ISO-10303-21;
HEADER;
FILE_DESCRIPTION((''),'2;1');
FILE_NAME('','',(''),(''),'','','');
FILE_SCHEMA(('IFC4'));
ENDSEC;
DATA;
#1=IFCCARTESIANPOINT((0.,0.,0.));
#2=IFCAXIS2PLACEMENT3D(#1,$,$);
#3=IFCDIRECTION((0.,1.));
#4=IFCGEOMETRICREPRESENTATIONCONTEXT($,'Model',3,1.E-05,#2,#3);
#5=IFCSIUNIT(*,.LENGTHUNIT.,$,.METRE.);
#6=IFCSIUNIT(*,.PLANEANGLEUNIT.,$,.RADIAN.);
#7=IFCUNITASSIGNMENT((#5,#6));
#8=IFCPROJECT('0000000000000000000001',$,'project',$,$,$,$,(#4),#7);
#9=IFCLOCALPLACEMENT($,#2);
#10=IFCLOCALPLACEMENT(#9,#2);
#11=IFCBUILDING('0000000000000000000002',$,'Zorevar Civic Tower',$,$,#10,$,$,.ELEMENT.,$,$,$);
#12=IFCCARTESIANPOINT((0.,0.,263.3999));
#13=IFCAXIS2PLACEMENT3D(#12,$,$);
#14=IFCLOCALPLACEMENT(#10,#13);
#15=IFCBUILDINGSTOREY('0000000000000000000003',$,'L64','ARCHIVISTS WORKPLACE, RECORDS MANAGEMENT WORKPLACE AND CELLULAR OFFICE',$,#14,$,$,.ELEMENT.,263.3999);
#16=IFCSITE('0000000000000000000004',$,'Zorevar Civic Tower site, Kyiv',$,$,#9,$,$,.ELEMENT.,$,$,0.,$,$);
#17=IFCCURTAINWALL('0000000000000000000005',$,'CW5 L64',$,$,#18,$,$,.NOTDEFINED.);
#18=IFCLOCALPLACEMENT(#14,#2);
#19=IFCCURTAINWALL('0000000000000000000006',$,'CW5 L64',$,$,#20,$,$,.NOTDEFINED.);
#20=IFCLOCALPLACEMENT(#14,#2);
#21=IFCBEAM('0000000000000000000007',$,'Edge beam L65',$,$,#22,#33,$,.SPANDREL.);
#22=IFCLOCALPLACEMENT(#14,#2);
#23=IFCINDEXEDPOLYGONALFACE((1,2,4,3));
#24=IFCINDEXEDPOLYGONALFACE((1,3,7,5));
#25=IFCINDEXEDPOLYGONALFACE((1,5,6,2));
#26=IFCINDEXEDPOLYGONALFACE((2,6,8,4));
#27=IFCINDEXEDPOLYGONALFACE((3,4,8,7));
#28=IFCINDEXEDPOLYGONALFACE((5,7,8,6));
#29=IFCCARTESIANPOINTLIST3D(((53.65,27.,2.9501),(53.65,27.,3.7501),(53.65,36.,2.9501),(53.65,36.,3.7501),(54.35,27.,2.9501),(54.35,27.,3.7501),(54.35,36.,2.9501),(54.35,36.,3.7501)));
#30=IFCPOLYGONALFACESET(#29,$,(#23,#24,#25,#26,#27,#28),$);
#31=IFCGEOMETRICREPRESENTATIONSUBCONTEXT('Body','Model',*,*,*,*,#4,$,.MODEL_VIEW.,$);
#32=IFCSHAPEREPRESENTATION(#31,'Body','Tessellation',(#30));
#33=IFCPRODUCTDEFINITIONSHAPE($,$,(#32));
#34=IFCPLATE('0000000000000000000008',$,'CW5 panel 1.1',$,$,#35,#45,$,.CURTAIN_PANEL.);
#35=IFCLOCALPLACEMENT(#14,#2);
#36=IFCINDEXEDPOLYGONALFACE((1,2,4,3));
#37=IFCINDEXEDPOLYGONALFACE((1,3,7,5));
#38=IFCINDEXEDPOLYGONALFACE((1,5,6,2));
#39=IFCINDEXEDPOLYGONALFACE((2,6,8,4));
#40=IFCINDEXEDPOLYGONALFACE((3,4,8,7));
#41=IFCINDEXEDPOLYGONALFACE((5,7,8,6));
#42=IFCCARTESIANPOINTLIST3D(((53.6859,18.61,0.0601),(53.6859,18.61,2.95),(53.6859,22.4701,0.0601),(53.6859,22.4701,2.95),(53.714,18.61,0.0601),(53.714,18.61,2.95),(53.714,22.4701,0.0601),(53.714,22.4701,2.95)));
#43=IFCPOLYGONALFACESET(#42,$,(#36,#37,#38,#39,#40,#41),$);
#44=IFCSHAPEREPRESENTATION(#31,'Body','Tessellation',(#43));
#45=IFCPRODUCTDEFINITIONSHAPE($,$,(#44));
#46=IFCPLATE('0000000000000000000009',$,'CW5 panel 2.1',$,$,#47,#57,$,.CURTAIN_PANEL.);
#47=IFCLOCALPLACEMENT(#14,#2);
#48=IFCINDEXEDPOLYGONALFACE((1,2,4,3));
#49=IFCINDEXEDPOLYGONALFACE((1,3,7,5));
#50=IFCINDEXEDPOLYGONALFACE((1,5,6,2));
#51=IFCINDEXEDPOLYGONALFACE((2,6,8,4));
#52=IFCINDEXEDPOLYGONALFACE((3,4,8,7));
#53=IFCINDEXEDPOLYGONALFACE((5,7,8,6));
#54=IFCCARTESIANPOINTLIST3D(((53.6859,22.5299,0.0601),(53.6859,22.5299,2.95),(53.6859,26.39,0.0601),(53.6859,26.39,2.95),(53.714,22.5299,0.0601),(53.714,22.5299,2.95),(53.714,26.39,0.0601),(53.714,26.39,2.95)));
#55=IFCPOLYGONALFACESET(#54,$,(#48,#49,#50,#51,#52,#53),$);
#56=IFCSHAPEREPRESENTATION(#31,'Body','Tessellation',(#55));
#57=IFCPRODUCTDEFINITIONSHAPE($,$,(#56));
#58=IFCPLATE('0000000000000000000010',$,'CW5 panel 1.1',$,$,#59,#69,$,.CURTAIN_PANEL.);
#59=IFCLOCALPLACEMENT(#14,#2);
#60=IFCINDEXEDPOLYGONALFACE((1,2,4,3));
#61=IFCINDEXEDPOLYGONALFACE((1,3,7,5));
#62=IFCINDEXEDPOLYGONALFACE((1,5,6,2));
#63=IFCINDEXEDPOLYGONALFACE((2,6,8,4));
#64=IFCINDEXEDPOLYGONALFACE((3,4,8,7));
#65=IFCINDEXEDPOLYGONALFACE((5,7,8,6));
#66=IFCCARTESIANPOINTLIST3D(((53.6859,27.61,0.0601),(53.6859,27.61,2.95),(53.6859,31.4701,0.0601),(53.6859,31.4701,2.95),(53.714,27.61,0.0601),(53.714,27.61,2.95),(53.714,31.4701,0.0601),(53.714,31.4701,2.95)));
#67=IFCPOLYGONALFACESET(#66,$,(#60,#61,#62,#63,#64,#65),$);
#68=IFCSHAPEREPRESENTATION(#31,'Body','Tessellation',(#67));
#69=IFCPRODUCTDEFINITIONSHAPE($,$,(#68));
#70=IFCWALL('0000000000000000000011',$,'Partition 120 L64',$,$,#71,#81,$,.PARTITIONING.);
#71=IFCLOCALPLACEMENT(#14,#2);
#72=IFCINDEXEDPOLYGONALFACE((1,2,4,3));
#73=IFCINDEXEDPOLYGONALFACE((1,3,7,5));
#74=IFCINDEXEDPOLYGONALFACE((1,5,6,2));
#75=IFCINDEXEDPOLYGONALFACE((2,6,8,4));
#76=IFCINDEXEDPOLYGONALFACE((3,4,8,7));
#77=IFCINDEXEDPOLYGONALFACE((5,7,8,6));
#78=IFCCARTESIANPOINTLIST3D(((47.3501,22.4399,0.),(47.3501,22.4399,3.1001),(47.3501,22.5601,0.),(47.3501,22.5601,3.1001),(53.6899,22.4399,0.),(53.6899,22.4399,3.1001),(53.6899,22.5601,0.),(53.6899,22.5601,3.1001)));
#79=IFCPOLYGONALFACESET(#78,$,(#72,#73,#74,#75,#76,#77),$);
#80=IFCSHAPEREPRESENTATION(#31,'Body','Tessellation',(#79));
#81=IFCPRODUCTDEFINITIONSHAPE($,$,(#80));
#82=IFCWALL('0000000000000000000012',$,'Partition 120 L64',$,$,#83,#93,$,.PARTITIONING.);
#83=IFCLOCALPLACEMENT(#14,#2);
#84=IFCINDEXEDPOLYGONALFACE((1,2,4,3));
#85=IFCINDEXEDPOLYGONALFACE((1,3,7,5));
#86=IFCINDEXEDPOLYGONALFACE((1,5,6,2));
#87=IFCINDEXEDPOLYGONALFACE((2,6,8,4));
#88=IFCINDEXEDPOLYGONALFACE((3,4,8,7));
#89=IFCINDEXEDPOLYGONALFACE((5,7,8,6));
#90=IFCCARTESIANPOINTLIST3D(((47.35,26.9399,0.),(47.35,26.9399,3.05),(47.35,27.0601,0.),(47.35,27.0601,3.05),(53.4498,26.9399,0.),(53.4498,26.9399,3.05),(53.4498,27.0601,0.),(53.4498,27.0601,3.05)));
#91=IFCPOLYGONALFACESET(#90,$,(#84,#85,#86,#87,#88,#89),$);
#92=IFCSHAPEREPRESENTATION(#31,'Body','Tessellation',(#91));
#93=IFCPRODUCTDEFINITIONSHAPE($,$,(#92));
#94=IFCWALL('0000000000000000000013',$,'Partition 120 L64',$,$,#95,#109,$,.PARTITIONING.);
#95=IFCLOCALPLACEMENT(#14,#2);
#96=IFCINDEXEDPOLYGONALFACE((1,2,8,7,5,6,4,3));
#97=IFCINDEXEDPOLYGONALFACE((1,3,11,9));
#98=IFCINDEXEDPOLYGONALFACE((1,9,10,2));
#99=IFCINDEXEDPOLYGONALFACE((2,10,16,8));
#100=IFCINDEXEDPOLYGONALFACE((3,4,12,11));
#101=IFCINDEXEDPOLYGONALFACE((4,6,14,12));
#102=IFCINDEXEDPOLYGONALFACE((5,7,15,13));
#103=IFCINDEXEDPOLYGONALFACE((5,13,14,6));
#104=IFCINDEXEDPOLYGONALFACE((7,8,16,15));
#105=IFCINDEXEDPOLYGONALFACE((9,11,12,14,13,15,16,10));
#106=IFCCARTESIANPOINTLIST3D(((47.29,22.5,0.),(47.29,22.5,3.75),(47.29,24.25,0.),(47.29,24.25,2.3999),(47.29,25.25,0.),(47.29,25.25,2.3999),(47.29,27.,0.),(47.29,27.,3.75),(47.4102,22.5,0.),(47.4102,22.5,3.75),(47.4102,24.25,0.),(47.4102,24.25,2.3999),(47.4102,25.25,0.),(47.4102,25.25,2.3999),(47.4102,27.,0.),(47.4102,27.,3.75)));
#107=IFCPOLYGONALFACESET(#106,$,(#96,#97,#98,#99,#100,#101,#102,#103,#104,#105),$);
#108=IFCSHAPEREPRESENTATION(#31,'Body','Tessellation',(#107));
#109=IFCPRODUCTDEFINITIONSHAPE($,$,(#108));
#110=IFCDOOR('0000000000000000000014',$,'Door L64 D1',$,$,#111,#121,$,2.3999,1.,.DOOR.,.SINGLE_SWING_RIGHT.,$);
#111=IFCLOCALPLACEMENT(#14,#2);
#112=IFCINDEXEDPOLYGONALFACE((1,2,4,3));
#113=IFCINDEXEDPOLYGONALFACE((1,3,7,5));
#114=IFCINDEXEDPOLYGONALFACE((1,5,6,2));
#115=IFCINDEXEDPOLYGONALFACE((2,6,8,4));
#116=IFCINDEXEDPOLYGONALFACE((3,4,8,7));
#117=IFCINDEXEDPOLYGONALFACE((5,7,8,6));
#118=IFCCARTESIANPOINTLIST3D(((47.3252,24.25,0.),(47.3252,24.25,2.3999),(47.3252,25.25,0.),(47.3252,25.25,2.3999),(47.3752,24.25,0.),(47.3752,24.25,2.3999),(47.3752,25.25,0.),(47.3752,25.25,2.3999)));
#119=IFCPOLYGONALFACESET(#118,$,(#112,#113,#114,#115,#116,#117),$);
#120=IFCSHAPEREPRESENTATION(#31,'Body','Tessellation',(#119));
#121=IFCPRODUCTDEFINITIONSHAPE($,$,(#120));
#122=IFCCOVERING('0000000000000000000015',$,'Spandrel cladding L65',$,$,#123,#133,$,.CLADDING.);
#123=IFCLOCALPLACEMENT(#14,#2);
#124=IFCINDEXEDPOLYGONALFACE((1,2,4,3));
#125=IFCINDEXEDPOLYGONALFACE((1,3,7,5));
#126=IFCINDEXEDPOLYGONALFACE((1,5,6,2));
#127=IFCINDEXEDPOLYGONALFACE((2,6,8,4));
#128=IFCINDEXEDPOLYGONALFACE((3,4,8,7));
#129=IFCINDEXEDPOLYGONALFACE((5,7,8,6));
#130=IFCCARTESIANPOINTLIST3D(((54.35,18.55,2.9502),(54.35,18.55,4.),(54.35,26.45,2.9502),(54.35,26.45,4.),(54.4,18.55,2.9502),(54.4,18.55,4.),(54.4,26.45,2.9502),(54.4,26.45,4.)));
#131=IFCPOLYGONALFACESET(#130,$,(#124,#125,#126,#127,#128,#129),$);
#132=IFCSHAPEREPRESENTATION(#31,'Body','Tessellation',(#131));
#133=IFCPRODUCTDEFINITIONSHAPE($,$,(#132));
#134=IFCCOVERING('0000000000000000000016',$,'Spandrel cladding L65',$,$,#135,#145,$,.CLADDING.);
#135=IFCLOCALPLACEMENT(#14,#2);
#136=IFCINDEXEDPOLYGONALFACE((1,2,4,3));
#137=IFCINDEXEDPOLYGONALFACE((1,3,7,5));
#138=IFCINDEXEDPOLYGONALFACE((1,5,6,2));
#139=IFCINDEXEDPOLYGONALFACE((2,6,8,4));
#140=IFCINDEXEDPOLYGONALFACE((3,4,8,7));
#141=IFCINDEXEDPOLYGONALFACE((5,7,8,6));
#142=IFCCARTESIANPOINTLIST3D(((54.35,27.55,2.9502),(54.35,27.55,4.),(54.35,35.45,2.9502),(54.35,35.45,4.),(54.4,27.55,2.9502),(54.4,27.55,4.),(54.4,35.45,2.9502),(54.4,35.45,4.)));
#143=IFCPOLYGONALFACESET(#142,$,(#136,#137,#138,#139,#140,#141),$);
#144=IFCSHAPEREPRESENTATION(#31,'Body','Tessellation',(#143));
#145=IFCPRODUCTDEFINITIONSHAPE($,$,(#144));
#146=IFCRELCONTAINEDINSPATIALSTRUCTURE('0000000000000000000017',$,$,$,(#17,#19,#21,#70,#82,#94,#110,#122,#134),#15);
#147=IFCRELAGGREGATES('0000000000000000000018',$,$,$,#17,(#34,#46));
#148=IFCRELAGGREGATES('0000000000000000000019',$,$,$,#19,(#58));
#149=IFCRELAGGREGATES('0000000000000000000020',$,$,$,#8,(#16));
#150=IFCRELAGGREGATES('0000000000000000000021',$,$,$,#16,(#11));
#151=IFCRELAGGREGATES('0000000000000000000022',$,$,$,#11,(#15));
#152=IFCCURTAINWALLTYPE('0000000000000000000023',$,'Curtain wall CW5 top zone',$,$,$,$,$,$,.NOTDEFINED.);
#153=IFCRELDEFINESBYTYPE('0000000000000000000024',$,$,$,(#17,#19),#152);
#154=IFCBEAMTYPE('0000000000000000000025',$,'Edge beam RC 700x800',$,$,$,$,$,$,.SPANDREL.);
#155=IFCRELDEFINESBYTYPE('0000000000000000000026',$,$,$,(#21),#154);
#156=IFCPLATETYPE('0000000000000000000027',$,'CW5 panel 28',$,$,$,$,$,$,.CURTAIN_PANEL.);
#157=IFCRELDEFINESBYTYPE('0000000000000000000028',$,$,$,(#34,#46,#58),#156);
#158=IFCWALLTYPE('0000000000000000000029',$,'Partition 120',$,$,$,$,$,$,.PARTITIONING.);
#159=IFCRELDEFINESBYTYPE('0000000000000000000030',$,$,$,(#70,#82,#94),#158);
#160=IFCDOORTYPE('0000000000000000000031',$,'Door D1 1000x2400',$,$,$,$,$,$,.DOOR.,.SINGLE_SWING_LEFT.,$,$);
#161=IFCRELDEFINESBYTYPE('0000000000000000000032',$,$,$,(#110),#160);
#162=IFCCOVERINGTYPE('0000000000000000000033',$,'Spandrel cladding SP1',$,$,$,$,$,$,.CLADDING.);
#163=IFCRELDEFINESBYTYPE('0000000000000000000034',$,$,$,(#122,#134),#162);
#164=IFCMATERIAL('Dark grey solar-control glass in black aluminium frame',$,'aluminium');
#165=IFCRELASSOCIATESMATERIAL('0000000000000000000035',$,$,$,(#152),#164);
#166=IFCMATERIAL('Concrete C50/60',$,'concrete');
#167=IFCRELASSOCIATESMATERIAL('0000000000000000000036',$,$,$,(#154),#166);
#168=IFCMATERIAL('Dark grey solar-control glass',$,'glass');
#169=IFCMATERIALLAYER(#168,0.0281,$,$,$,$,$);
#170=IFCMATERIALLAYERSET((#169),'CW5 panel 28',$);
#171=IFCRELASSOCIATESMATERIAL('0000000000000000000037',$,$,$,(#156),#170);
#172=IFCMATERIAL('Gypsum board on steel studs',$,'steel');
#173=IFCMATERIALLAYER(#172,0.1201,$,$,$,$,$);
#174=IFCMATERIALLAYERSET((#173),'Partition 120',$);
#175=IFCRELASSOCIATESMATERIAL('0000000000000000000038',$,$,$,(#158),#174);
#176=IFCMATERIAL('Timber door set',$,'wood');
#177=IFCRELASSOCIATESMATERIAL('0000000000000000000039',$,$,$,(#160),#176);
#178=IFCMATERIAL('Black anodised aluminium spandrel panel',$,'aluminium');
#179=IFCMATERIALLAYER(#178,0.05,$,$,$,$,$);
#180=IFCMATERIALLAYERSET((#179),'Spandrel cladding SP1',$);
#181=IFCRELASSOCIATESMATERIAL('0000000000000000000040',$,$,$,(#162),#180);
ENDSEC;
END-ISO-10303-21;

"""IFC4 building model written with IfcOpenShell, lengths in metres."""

from ifc_helpers import new_model, si_unit, direction, frame, frame_2d, origin, origin_2d, place, context, subcontext, project, spatial, rectangle, extrude, material, layer, layer_set, material_profile, profile_set, type_object, element, fill, aggregate, save


model = new_model("IFC4")

# Units and contexts
model_context = context("Model", 3, precision=1e-05, world=origin(), true_north=direction((0.0, 1.0)))
body_context = subcontext(model_context, "Body", "Model", "MODEL_VIEW")
ifc_project = project(units=[si_unit("LENGTHUNIT", "METRE"), si_unit("PLANEANGLEUNIT", "RADIAN")], contexts=[model_context])

# Site, building, storey
site_placement = place(None, origin())
site = spatial("IfcSite", under=ifc_project, at=site_placement, Name="Zorevar Civic Tower site, Kyiv", CompositionType="ELEMENT", RefElevation=0.0)
building_placement = place(site_placement, origin())
building = spatial("IfcBuilding", under=site, at=building_placement, Name="Zorevar Civic Tower", CompositionType="ELEMENT")
storey_placement = place(building_placement, frame((0.0, 0.0, 263.3999)))
storey = spatial("IfcBuildingStorey", under=building, at=storey_placement, Name="L64", Description="ARCHIVISTS WORKPLACE, RECORDS MANAGEMENT WORKPLACE AND CELLULAR OFFICE", CompositionType="ELEMENT", Elevation=263.3999)

# Curtain walls
ifc_material_1 = material(Name="Dark grey solar-control glass in black aluminium frame", Category="aluminium")
curtain_wall_type = type_object("IfcCurtainWallType", Name="Curtain wall CW5 top zone", PredefinedType="NOTDEFINED", material=ifc_material_1)
curtain_wall_1_placement = place(storey_placement, origin())
curtain_wall_1 = element("IfcCurtainWall", 1, at=curtain_wall_1_placement, inside=storey, type_object=curtain_wall_type, Name="CW5 L64", PredefinedType="NOTDEFINED")
curtain_wall_2_placement = place(storey_placement, origin())
curtain_wall_2 = element("IfcCurtainWall", 2, at=curtain_wall_2_placement, inside=storey, type_object=curtain_wall_type, Name="CW5 L64", PredefinedType="NOTDEFINED")

# Beam
ifc_material_2 = material(Name="Concrete C50/60", Category="concrete")
ifc_material_profile_1 = material_profile(ifc_material_2, rectangle(XDim=0.7, YDim=0.8, at=origin_2d()), Name="RC 700x800")
ifc_profile_set_1 = profile_set([ifc_material_profile_1], Name="Concrete C50/60")
beam_type_1 = type_object("IfcBeamType", Name="Edge beam RC 700x800", PredefinedType="SPANDREL", material=ifc_profile_set_1)
beam_1_placement = place(storey_placement, frame((54.0, 27.0, 3.3501), z_axis=(0.0, 1.0, 0.0), x_axis=(-1.0, 0.0, 0.0)))
element("IfcBeam", 3, at=beam_1_placement, inside=storey, type_object=beam_type_1, Name="Edge beam L65", PredefinedType="SPANDREL", context=body_context, shape_type="SweptSolid", body=[
    extrude(rectangle(XDim=0.7, YDim=0.8, at=origin_2d()), origin(), (0.0, 0.0, 1.0), 9.0),
])

# Plates
ifc_material_3 = material(Name="Dark grey solar-control glass", Category="glass")
ifc_layer_1 = layer(ifc_material_3, 0.0281)
ifc_layer_set_1 = layer_set([ifc_layer_1], Name="CW5 panel 28")
plate_type = type_object("IfcPlateType", Name="CW5 panel 28", PredefinedType="CURTAIN_PANEL", material=ifc_layer_set_1)
plate_1_placement = place(storey_placement, frame((53.7, 20.54, 0.0601), z_axis=(0.0, 0.0, 1.0), x_axis=(0.0, 1.0, 0.0)))
plate_1 = element("IfcPlate", 4, at=plate_1_placement, type_object=plate_type, Name="CW5 panel 1.1", PredefinedType="CURTAIN_PANEL", context=body_context, shape_type="SweptSolid", body=[
    extrude(rectangle(XDim=3.8601, YDim=0.0281, at=origin_2d()), origin(), (0.0, 0.0, 1.0), 2.8899),
])
plate_2_placement = place(storey_placement, frame((53.7, 24.46, 0.0601), z_axis=(0.0, 0.0, 1.0), x_axis=(0.0, 1.0, 0.0)))
plate_2 = element("IfcPlate", 5, at=plate_2_placement, type_object=plate_type, Name="CW5 panel 2.1", PredefinedType="CURTAIN_PANEL", context=body_context, shape_type="SweptSolid", body=[
    extrude(rectangle(XDim=3.8601, YDim=0.0281, at=origin_2d()), origin(), (0.0, 0.0, 1.0), 2.8899),
])
aggregate(curtain_wall_1, [plate_1, plate_2])
plate_3_placement = place(storey_placement, frame((53.7, 29.54, 0.0601), z_axis=(0.0, 0.0, 1.0), x_axis=(0.0, 1.0, 0.0)))
plate_3 = element("IfcPlate", 6, at=plate_3_placement, type_object=plate_type, Name="CW5 panel 1.1", PredefinedType="CURTAIN_PANEL", context=body_context, shape_type="SweptSolid", body=[
    extrude(rectangle(XDim=3.8601, YDim=0.0281, at=origin_2d()), origin(), (0.0, 0.0, 1.0), 2.8899),
])
aggregate(curtain_wall_2, [plate_3])

# Walls
ifc_material_4 = material(Name="Gypsum board on steel studs", Category="steel")
ifc_layer_2 = layer(ifc_material_4, 0.1201)
ifc_layer_set_2 = layer_set([ifc_layer_2], Name="Partition 120")
wall_type = type_object("IfcWallType", Name="Partition 120", PredefinedType="PARTITIONING", material=ifc_layer_set_2)
wall_1_placement = place(storey_placement, frame((47.3501, 22.5, 0.0), z_axis=(0.0, 0.0, 1.0), x_axis=(1.0, 0.0, 0.0)))
element("IfcWall", 7, at=wall_1_placement, inside=storey, type_object=wall_type, Name="Partition 120 L64", PredefinedType="PARTITIONING", context=body_context, shape_type="SweptSolid", body=[
    extrude(rectangle(XDim=6.3398, YDim=0.1201, at=frame_2d((3.1699, 0.0))), origin(), (0.0, 0.0, 1.0), 3.1001),
])
wall_2_placement = place(storey_placement, frame((47.3501, 27.0, 0.0), z_axis=(0.0, 0.0, 1.0), x_axis=(1.0, 0.0, 0.0)))
element("IfcWall", 8, at=wall_2_placement, inside=storey, type_object=wall_type, Name="Partition 120 L64", PredefinedType="PARTITIONING", context=body_context, shape_type="SweptSolid", body=[
    extrude(rectangle(XDim=6.0999, YDim=0.1201, at=frame_2d((3.0498, 0.0))), origin(), (0.0, 0.0, 1.0), 3.05),
])

# Wall, opening, door
wall_3_placement = place(storey_placement, frame((47.3501, 22.5, 0.0), z_axis=(0.0, 0.0, 1.0), x_axis=(0.0, 1.0, 0.0)))
wall_3 = element("IfcWall", 9, at=wall_3_placement, inside=storey, type_object=wall_type, Name="Partition 120 L64", PredefinedType="PARTITIONING", context=body_context, shape_type="SweptSolid", body=[
    extrude(rectangle(XDim=4.5, YDim=0.1201, at=frame_2d((2.25, 0.0))), origin(), (0.0, 0.0, 1.0), 3.75),
])
opening_placement = place(wall_3_placement, frame((1.75, 0.0, 0.0)))
opening = element("IfcOpeningElement", 10, at=opening_placement, cuts=wall_3, PredefinedType="OPENING", context=body_context, shape_type="SweptSolid", body=[
    extrude(rectangle(XDim=1.0, YDim=2.3999, at=frame_2d((0.5, 1.2))), frame((0.0, 0.0701, 0.0), z_axis=(0.0, -1.0, 0.0), x_axis=(1.0, 0.0, 0.0)), (0.0, 0.0, 1.0), 0.1401),
])
ifc_material_5 = material(Name="Timber door set", Category="wood")
door_type = type_object("IfcDoorType", Name="Door D1 1000x2400", OperationType="SINGLE_SWING_LEFT", PredefinedType="DOOR", material=ifc_material_5)
door_placement = place(opening_placement, origin())
door = element("IfcDoor", 11, at=door_placement, inside=storey, type_object=door_type, Name="Door L64 D1", OperationType="SINGLE_SWING_RIGHT", OverallHeight=2.3999, OverallWidth=1.0, PredefinedType="DOOR", context=body_context, shape_type="SweptSolid", body=[
    extrude(rectangle(XDim=1.0, YDim=2.3999, at=frame_2d((0.5, 1.2))), frame((0.0, 0.0249, 0.0), z_axis=(0.0, -1.0, 0.0), x_axis=(1.0, 0.0, 0.0)), (0.0, 0.0, 1.0), 0.05),
])
fill(opening, door)

# Coverings
ifc_material_6 = material(Name="Black anodised aluminium spandrel panel", Category="aluminium")
ifc_layer_3 = layer(ifc_material_6, 0.05)
ifc_layer_set_3 = layer_set([ifc_layer_3], Name="Spandrel cladding SP1")
covering_type = type_object("IfcCoveringType", Name="Spandrel cladding SP1", PredefinedType="CLADDING", material=ifc_layer_set_3)
for number, where, z_axis, x_axis, name in (
    (12, (54.375, 18.55, 2.9502), (0.0, 0.0, 1.0), (0.0, 1.0, 0.0), "Spandrel cladding L65"),
    (13, (54.375, 27.55, 2.9502), (0.0, 0.0, 1.0), (0.0, 1.0, 0.0), "Spandrel cladding L65"),
):
    element("IfcCovering", number, at=place(storey_placement, frame(where, z_axis=z_axis, x_axis=x_axis)), inside=storey, type_object=covering_type, Name=name, PredefinedType="CLADDING", context=body_context, shape_type="SweptSolid", body=[
        extrude(rectangle(XDim=7.8999, YDim=0.05, at=frame_2d((3.95, 0.0))), origin(), (0.0, 0.0, 1.0), 1.0498),
    ])

save(model, "model.ifc")
